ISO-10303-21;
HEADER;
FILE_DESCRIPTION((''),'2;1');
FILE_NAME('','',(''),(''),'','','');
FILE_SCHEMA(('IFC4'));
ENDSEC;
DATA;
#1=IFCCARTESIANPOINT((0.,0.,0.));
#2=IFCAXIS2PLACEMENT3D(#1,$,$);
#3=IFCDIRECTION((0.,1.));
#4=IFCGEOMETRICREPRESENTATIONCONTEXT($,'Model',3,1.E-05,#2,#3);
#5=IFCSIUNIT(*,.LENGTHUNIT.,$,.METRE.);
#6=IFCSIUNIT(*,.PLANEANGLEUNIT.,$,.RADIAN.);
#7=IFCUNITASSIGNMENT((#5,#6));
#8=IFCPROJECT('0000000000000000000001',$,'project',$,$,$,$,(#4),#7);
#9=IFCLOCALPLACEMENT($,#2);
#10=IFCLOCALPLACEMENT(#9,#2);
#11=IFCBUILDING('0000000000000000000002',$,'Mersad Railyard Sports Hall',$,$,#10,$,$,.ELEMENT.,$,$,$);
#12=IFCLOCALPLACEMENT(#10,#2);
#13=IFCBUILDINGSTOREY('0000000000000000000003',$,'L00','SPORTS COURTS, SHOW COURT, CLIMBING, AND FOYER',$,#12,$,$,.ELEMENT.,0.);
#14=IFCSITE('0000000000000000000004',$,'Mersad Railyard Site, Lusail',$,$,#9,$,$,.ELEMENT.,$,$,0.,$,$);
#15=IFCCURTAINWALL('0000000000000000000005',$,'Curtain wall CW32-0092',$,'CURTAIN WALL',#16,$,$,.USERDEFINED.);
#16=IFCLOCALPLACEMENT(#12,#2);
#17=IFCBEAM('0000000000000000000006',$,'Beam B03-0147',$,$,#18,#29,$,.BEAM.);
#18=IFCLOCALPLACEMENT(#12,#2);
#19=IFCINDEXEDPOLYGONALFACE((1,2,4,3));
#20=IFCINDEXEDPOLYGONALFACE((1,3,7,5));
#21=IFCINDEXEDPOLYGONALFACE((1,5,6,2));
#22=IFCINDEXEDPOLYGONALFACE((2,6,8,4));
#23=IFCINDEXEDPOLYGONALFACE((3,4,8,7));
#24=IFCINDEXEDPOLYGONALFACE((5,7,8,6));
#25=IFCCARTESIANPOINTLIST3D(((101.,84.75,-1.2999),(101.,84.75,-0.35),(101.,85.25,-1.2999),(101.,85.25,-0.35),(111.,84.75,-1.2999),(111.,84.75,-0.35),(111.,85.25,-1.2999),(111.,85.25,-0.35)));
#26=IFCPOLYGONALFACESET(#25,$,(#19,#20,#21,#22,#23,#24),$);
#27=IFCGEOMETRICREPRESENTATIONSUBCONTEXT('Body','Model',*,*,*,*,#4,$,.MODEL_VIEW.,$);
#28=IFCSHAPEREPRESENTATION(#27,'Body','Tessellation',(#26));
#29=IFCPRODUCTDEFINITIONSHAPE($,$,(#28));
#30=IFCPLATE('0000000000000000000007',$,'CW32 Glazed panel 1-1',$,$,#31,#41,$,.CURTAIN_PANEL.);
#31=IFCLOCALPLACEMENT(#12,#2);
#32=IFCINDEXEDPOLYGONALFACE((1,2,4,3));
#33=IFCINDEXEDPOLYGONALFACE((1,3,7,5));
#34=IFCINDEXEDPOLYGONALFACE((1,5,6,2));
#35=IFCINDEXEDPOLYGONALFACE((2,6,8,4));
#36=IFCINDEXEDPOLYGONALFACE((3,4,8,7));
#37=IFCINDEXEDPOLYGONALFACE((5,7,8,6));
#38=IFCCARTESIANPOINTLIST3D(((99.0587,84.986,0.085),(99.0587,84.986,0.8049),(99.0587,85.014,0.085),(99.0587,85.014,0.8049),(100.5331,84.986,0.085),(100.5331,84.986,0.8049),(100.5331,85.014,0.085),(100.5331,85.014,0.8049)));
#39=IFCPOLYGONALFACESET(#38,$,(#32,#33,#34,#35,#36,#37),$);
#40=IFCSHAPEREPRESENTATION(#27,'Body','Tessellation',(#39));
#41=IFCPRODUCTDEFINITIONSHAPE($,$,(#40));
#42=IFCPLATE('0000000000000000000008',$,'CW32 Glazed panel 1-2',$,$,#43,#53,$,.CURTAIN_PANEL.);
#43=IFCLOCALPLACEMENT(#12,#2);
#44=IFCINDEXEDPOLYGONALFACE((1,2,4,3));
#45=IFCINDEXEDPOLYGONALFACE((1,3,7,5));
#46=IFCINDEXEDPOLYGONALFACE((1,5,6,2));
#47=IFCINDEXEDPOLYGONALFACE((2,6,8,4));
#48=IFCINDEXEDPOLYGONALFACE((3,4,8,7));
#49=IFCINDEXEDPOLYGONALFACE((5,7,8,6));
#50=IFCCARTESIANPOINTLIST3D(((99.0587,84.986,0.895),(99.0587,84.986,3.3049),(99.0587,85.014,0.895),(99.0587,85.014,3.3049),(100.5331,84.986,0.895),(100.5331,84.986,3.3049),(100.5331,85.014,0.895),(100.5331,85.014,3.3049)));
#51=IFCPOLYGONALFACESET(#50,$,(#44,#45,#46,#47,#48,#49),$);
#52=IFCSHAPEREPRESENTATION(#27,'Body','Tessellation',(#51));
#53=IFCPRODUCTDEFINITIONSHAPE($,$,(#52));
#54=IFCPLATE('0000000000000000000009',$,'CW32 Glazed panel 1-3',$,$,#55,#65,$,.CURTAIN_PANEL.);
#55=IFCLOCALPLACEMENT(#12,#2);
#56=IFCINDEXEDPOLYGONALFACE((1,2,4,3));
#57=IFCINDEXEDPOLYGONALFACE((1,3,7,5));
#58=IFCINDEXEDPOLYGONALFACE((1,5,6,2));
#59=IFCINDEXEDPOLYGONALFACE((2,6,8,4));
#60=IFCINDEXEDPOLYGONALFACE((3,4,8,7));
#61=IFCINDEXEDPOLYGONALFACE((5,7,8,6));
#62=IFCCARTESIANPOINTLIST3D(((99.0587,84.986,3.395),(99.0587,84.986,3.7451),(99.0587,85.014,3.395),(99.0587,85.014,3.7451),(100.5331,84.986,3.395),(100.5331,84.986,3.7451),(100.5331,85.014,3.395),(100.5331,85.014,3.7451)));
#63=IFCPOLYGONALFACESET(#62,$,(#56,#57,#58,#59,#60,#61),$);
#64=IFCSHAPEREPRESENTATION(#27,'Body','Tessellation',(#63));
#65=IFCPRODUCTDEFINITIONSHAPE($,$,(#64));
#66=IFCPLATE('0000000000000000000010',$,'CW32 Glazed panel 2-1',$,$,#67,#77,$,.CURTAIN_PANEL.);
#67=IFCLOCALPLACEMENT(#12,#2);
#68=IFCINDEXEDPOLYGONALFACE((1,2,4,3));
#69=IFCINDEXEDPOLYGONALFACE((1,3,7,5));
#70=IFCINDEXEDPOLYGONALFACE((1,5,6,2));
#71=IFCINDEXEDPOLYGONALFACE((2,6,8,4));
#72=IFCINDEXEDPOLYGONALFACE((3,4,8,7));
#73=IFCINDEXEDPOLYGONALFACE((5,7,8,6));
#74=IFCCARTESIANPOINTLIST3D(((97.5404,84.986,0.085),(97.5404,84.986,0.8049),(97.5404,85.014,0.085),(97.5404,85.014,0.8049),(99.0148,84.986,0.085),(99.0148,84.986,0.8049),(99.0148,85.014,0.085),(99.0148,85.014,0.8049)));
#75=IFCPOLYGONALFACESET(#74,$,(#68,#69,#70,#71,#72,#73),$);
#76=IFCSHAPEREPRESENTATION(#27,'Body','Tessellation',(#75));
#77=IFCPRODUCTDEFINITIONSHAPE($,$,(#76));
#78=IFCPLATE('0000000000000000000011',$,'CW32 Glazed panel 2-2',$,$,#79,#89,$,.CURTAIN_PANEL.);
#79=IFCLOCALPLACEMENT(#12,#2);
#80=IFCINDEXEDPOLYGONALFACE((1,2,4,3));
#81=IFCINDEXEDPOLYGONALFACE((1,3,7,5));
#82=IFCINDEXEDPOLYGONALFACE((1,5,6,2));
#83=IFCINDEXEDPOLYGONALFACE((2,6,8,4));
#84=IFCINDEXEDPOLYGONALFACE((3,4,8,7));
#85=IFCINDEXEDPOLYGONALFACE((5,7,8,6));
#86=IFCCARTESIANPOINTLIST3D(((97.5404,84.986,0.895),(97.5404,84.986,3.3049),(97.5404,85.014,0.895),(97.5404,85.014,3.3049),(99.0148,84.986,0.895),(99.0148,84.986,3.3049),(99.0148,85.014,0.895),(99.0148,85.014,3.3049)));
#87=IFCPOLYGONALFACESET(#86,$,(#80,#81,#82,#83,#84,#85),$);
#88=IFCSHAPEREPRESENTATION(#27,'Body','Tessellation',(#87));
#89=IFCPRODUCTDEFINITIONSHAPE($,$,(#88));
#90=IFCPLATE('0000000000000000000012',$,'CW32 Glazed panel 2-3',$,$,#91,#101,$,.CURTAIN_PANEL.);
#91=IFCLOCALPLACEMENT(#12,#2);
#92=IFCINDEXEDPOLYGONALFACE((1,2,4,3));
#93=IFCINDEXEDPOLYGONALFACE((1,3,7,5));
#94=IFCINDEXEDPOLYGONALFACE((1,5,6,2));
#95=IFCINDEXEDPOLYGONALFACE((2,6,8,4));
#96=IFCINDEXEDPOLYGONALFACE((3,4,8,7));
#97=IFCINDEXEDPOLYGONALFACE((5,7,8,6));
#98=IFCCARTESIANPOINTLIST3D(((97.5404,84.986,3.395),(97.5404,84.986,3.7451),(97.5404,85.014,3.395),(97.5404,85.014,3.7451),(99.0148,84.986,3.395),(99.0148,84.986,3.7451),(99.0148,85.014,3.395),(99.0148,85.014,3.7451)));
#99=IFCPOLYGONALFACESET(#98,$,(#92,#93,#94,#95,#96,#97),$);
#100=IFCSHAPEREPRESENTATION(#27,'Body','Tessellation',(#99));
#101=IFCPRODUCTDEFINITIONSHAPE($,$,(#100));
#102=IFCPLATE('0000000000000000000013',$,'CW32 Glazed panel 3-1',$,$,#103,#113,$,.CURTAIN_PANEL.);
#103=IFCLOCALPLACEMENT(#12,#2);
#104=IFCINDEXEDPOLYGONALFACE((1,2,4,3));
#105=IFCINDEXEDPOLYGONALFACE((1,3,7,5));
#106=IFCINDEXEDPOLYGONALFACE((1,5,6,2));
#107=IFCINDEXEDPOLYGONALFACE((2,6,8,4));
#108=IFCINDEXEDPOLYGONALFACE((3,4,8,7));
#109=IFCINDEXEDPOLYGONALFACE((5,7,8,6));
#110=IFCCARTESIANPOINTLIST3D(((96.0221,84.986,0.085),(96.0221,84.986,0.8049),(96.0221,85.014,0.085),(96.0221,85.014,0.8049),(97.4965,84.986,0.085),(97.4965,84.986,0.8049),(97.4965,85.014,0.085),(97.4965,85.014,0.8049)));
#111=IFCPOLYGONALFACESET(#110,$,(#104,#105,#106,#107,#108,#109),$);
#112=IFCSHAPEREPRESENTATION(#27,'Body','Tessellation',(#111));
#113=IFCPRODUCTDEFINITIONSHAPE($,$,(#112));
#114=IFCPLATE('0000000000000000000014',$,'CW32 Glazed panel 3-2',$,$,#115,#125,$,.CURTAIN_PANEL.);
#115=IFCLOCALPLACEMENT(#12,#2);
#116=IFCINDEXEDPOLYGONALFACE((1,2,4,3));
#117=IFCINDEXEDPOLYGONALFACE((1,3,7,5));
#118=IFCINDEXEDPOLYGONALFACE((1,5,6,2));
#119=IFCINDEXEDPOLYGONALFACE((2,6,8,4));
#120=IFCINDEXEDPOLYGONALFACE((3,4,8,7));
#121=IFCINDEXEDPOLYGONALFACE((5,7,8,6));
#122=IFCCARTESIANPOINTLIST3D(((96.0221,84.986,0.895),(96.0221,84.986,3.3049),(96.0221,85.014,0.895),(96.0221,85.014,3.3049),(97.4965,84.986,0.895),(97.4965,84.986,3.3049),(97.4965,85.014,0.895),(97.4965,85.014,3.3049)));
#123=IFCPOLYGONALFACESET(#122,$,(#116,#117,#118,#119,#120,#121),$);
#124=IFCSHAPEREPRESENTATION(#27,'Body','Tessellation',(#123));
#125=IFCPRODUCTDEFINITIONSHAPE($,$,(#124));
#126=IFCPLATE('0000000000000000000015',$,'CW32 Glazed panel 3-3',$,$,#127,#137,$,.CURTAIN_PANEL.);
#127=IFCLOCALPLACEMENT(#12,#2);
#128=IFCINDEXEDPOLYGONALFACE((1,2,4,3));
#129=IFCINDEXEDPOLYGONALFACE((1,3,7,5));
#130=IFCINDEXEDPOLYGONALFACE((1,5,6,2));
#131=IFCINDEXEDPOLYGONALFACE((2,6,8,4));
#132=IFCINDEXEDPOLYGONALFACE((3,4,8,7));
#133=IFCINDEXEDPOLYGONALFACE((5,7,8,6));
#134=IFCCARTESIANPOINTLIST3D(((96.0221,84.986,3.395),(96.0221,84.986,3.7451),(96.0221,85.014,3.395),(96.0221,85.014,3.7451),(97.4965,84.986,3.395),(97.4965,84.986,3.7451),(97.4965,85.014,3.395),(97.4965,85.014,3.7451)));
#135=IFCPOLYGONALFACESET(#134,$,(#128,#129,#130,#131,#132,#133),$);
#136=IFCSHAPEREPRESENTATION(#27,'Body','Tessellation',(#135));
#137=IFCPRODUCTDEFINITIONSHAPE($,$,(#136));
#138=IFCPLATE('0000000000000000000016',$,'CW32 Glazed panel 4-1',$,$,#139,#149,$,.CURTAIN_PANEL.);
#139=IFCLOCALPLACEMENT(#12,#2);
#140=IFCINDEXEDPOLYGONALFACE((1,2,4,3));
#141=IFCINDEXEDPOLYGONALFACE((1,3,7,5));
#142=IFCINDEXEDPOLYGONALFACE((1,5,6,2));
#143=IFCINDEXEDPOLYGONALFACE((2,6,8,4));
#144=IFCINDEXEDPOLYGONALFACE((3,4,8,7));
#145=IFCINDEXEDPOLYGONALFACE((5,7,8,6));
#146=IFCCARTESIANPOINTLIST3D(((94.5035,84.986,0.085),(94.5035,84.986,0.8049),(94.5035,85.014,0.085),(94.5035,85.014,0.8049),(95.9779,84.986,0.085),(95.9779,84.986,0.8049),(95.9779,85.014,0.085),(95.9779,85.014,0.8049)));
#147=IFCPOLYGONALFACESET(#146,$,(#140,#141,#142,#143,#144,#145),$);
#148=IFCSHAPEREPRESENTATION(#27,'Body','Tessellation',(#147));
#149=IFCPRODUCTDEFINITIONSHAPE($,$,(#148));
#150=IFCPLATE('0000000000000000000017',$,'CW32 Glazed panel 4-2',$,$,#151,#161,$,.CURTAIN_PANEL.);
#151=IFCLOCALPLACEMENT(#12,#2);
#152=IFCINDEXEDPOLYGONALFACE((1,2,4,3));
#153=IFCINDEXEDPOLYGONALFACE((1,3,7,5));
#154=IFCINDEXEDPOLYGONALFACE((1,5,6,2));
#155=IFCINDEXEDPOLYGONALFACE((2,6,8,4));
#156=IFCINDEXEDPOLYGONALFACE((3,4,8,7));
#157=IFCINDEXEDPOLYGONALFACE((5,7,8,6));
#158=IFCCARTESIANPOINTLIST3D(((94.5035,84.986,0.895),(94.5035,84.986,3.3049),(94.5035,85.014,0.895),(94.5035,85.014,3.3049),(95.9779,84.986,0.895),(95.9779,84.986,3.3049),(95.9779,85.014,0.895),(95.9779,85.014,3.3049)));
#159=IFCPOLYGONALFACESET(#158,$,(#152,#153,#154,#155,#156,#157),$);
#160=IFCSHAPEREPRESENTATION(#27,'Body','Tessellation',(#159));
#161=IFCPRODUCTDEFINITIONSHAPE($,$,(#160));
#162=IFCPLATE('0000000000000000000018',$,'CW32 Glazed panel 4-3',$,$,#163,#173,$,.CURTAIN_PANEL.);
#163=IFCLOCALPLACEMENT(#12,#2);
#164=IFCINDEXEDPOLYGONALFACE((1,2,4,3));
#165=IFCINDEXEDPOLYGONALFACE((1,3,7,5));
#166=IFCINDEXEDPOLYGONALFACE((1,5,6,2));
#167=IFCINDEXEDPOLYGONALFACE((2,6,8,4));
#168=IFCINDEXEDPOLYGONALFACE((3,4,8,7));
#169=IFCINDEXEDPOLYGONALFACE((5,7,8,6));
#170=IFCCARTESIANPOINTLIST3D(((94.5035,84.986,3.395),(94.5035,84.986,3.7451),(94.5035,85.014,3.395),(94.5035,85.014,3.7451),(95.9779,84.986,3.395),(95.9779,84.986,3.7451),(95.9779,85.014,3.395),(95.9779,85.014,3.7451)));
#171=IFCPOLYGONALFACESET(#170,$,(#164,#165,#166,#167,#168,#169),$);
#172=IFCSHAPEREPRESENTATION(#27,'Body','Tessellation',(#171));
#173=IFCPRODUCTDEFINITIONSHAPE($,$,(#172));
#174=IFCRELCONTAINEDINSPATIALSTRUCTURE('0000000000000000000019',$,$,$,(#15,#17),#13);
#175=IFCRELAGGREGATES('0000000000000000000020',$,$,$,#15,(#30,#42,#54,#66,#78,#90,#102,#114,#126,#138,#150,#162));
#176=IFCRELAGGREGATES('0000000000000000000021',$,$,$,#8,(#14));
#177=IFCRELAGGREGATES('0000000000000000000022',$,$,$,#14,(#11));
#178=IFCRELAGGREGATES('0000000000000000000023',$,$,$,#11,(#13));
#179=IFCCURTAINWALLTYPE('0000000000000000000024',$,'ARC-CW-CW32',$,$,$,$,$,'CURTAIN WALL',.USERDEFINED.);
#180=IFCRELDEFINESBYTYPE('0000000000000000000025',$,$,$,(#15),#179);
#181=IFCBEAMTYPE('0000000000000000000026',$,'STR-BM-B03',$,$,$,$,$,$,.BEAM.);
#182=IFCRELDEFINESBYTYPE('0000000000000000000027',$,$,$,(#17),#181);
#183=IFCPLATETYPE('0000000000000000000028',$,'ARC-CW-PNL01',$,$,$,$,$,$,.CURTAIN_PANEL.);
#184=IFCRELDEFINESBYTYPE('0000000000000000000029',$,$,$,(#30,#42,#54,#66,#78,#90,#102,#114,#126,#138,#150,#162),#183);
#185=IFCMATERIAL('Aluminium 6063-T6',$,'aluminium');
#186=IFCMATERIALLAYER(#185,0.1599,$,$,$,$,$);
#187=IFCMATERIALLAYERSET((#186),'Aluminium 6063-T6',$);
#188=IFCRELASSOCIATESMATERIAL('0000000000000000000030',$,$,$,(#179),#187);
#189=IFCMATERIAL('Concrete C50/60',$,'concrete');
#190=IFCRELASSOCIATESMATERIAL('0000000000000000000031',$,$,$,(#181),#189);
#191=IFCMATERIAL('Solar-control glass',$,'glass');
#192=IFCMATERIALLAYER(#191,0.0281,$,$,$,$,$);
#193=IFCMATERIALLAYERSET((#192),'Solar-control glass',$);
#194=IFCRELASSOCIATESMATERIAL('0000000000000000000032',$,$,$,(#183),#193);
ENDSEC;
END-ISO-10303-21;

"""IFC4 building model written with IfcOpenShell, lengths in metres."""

from ifc_helpers import new_model, si_unit, direction, frame, origin, origin_2d, place, context, subcontext, project, spatial, rectangle, extrude, material, layer, layer_set, material_profile, profile_set, type_object, element, aggregate, save


model = new_model("IFC4")

# Units and contexts
model_context = context("Model", 3, precision=1e-05, world=origin(), true_north=direction((0.0, 1.0)))
body_context = subcontext(model_context, "Body", "Model", "MODEL_VIEW")
ifc_project = project(units=[si_unit("LENGTHUNIT", "METRE"), si_unit("PLANEANGLEUNIT", "RADIAN")], contexts=[model_context])

# Site, building, storey
site_placement = place(None, origin())
site = spatial("IfcSite", under=ifc_project, at=site_placement, Name="Mersad Railyard Site, Lusail", CompositionType="ELEMENT", RefElevation=0.0)
building_placement = place(site_placement, origin())
building = spatial("IfcBuilding", under=site, at=building_placement, Name="Mersad Railyard Sports Hall", CompositionType="ELEMENT")
storey_placement = place(building_placement, origin())
storey = spatial("IfcBuildingStorey", under=building, at=storey_placement, Name="L00", Description="SPORTS COURTS, SHOW COURT, CLIMBING, AND FOYER", CompositionType="ELEMENT", Elevation=0.0)

# Shared definitions
ifc_material_1 = material(Name="Concrete C50/60", Category="concrete")

# Curtain wall
ifc_material_2 = material(Name="Aluminium 6063-T6", Category="aluminium")
ifc_layer_1 = layer(ifc_material_2, 0.1599)
ifc_layer_set_1 = layer_set([ifc_layer_1], Name="Aluminium 6063-T6")
curtain_wall_type = type_object("IfcCurtainWallType", Name="ARC-CW-CW32", ElementType="CURTAIN WALL", PredefinedType="USERDEFINED", material=ifc_layer_set_1)
curtain_wall_placement = place(storey_placement, origin())
curtain_wall = element("IfcCurtainWall", 1, at=curtain_wall_placement, inside=storey, type_object=curtain_wall_type, Name="Curtain wall CW32-0092", ObjectType="CURTAIN WALL", PredefinedType="USERDEFINED")

# Beam
ifc_material_profile_1 = material_profile(ifc_material_1, rectangle(XDim=0.5, YDim=0.95, at=origin_2d()), Name="RC 500x950")
ifc_profile_set_1 = profile_set([ifc_material_profile_1], Name="Concrete C50/60")
beam_type_1 = type_object("IfcBeamType", Name="STR-BM-B03", PredefinedType="BEAM", material=ifc_profile_set_1)
beam_1_placement = place(storey_placement, frame((101.0, 85.0, -0.825), z_axis=(1.0, 0.0, 0.0), x_axis=(0.0, 1.0, 0.0)))
element("IfcBeam", 2, at=beam_1_placement, inside=storey, type_object=beam_type_1, Name="Beam B03-0147", PredefinedType="BEAM", context=body_context, shape_type="SweptSolid", body=[
    extrude(rectangle(XDim=0.5, YDim=0.95, at=origin_2d()), origin(), (0.0, 0.0, 1.0), 10.0),
])

# Plates
ifc_material_3 = material(Name="Solar-control glass", Category="glass")
ifc_layer_2 = layer(ifc_material_3, 0.0281)
ifc_layer_set_2 = layer_set([ifc_layer_2], Name="Solar-control glass")
plate_type = type_object("IfcPlateType", Name="ARC-CW-PNL01", PredefinedType="CURTAIN_PANEL", material=ifc_layer_set_2)
plate_1_placement = place(storey_placement, frame((99.7959, 85.0, 0.085), z_axis=(0.0, 0.0, 1.0), x_axis=(-1.0, 0.0, 0.0)))
plate_1 = element("IfcPlate", 3, at=plate_1_placement, type_object=plate_type, Name="CW32 Glazed panel 1-1", PredefinedType="CURTAIN_PANEL", context=body_context, shape_type="SweptSolid", body=[
    extrude(rectangle(XDim=1.4744, YDim=0.0281, at=origin_2d()), origin(), (0.0, 0.0, 1.0), 0.72),
])
plate_2_placement = place(storey_placement, frame((99.7959, 85.0, 0.895), z_axis=(0.0, 0.0, 1.0), x_axis=(-1.0, 0.0, 0.0)))
plate_2 = element("IfcPlate", 4, at=plate_2_placement, type_object=plate_type, Name="CW32 Glazed panel 1-2", PredefinedType="CURTAIN_PANEL", context=body_context, shape_type="SweptSolid", body=[
    extrude(rectangle(XDim=1.4744, YDim=0.0281, at=origin_2d()), origin(), (0.0, 0.0, 1.0), 2.4099),
])
plate_3_placement = place(storey_placement, frame((99.7959, 85.0, 3.395), z_axis=(0.0, 0.0, 1.0), x_axis=(-1.0, 0.0, 0.0)))
plate_3 = element("IfcPlate", 5, at=plate_3_placement, type_object=plate_type, Name="CW32 Glazed panel 1-3", PredefinedType="CURTAIN_PANEL", context=body_context, shape_type="SweptSolid", body=[
    extrude(rectangle(XDim=1.4744, YDim=0.0281, at=origin_2d()), origin(), (0.0, 0.0, 1.0), 0.3501),
])
plate_4_placement = place(storey_placement, frame((98.2776, 85.0, 0.085), z_axis=(0.0, 0.0, 1.0), x_axis=(-1.0, 0.0, 0.0)))
plate_4 = element("IfcPlate", 6, at=plate_4_placement, type_object=plate_type, Name="CW32 Glazed panel 2-1", PredefinedType="CURTAIN_PANEL", context=body_context, shape_type="SweptSolid", body=[
    extrude(rectangle(XDim=1.4744, YDim=0.0281, at=origin_2d()), origin(), (0.0, 0.0, 1.0), 0.72),
])
plate_5_placement = place(storey_placement, frame((98.2776, 85.0, 0.895), z_axis=(0.0, 0.0, 1.0), x_axis=(-1.0, 0.0, 0.0)))
plate_5 = element("IfcPlate", 7, at=plate_5_placement, type_object=plate_type, Name="CW32 Glazed panel 2-2", PredefinedType="CURTAIN_PANEL", context=body_context, shape_type="SweptSolid", body=[
    extrude(rectangle(XDim=1.4744, YDim=0.0281, at=origin_2d()), origin(), (0.0, 0.0, 1.0), 2.4099),
])
plate_6_placement = place(storey_placement, frame((98.2776, 85.0, 3.395), z_axis=(0.0, 0.0, 1.0), x_axis=(-1.0, 0.0, 0.0)))
plate_6 = element("IfcPlate", 8, at=plate_6_placement, type_object=plate_type, Name="CW32 Glazed panel 2-3", PredefinedType="CURTAIN_PANEL", context=body_context, shape_type="SweptSolid", body=[
    extrude(rectangle(XDim=1.4744, YDim=0.0281, at=origin_2d()), origin(), (0.0, 0.0, 1.0), 0.3501),
])
plate_7_placement = place(storey_placement, frame((96.7593, 85.0, 0.085), z_axis=(0.0, 0.0, 1.0), x_axis=(-1.0, 0.0, 0.0)))
plate_7 = element("IfcPlate", 9, at=plate_7_placement, type_object=plate_type, Name="CW32 Glazed panel 3-1", PredefinedType="CURTAIN_PANEL", context=body_context, shape_type="SweptSolid", body=[
    extrude(rectangle(XDim=1.4744, YDim=0.0281, at=origin_2d()), origin(), (0.0, 0.0, 1.0), 0.72),
])
plate_8_placement = place(storey_placement, frame((96.7593, 85.0, 0.895), z_axis=(0.0, 0.0, 1.0), x_axis=(-1.0, 0.0, 0.0)))
plate_8 = element("IfcPlate", 10, at=plate_8_placement, type_object=plate_type, Name="CW32 Glazed panel 3-2", PredefinedType="CURTAIN_PANEL", context=body_context, shape_type="SweptSolid", body=[
    extrude(rectangle(XDim=1.4744, YDim=0.0281, at=origin_2d()), origin(), (0.0, 0.0, 1.0), 2.4099),
])
plate_9_placement = place(storey_placement, frame((96.7593, 85.0, 3.395), z_axis=(0.0, 0.0, 1.0), x_axis=(-1.0, 0.0, 0.0)))
plate_9 = element("IfcPlate", 11, at=plate_9_placement, type_object=plate_type, Name="CW32 Glazed panel 3-3", PredefinedType="CURTAIN_PANEL", context=body_context, shape_type="SweptSolid", body=[
    extrude(rectangle(XDim=1.4744, YDim=0.0281, at=origin_2d()), origin(), (0.0, 0.0, 1.0), 0.3501),
])
plate_10_placement = place(storey_placement, frame((95.2407, 85.0, 0.085), z_axis=(0.0, 0.0, 1.0), x_axis=(-1.0, 0.0, 0.0)))
plate_10 = element("IfcPlate", 12, at=plate_10_placement, type_object=plate_type, Name="CW32 Glazed panel 4-1", PredefinedType="CURTAIN_PANEL", context=body_context, shape_type="SweptSolid", body=[
    extrude(rectangle(XDim=1.4744, YDim=0.0281, at=origin_2d()), origin(), (0.0, 0.0, 1.0), 0.72),
])
plate_11_placement = place(storey_placement, frame((95.2407, 85.0, 0.895), z_axis=(0.0, 0.0, 1.0), x_axis=(-1.0, 0.0, 0.0)))
plate_11 = element("IfcPlate", 13, at=plate_11_placement, type_object=plate_type, Name="CW32 Glazed panel 4-2", PredefinedType="CURTAIN_PANEL", context=body_context, shape_type="SweptSolid", body=[
    extrude(rectangle(XDim=1.4744, YDim=0.0281, at=origin_2d()), origin(), (0.0, 0.0, 1.0), 2.4099),
])
plate_12_placement = place(storey_placement, frame((95.2407, 85.0, 3.395), z_axis=(0.0, 0.0, 1.0), x_axis=(-1.0, 0.0, 0.0)))
plate_12 = element("IfcPlate", 14, at=plate_12_placement, type_object=plate_type, Name="CW32 Glazed panel 4-3", PredefinedType="CURTAIN_PANEL", context=body_context, shape_type="SweptSolid", body=[
    extrude(rectangle(XDim=1.4744, YDim=0.0281, at=origin_2d()), origin(), (0.0, 0.0, 1.0), 0.3501),
])
aggregate(curtain_wall, [plate_1, plate_2, plate_3, plate_4, plate_5, plate_6, plate_7, plate_8, plate_9, plate_10, plate_11, plate_12])

save(model, "model.ifc")
